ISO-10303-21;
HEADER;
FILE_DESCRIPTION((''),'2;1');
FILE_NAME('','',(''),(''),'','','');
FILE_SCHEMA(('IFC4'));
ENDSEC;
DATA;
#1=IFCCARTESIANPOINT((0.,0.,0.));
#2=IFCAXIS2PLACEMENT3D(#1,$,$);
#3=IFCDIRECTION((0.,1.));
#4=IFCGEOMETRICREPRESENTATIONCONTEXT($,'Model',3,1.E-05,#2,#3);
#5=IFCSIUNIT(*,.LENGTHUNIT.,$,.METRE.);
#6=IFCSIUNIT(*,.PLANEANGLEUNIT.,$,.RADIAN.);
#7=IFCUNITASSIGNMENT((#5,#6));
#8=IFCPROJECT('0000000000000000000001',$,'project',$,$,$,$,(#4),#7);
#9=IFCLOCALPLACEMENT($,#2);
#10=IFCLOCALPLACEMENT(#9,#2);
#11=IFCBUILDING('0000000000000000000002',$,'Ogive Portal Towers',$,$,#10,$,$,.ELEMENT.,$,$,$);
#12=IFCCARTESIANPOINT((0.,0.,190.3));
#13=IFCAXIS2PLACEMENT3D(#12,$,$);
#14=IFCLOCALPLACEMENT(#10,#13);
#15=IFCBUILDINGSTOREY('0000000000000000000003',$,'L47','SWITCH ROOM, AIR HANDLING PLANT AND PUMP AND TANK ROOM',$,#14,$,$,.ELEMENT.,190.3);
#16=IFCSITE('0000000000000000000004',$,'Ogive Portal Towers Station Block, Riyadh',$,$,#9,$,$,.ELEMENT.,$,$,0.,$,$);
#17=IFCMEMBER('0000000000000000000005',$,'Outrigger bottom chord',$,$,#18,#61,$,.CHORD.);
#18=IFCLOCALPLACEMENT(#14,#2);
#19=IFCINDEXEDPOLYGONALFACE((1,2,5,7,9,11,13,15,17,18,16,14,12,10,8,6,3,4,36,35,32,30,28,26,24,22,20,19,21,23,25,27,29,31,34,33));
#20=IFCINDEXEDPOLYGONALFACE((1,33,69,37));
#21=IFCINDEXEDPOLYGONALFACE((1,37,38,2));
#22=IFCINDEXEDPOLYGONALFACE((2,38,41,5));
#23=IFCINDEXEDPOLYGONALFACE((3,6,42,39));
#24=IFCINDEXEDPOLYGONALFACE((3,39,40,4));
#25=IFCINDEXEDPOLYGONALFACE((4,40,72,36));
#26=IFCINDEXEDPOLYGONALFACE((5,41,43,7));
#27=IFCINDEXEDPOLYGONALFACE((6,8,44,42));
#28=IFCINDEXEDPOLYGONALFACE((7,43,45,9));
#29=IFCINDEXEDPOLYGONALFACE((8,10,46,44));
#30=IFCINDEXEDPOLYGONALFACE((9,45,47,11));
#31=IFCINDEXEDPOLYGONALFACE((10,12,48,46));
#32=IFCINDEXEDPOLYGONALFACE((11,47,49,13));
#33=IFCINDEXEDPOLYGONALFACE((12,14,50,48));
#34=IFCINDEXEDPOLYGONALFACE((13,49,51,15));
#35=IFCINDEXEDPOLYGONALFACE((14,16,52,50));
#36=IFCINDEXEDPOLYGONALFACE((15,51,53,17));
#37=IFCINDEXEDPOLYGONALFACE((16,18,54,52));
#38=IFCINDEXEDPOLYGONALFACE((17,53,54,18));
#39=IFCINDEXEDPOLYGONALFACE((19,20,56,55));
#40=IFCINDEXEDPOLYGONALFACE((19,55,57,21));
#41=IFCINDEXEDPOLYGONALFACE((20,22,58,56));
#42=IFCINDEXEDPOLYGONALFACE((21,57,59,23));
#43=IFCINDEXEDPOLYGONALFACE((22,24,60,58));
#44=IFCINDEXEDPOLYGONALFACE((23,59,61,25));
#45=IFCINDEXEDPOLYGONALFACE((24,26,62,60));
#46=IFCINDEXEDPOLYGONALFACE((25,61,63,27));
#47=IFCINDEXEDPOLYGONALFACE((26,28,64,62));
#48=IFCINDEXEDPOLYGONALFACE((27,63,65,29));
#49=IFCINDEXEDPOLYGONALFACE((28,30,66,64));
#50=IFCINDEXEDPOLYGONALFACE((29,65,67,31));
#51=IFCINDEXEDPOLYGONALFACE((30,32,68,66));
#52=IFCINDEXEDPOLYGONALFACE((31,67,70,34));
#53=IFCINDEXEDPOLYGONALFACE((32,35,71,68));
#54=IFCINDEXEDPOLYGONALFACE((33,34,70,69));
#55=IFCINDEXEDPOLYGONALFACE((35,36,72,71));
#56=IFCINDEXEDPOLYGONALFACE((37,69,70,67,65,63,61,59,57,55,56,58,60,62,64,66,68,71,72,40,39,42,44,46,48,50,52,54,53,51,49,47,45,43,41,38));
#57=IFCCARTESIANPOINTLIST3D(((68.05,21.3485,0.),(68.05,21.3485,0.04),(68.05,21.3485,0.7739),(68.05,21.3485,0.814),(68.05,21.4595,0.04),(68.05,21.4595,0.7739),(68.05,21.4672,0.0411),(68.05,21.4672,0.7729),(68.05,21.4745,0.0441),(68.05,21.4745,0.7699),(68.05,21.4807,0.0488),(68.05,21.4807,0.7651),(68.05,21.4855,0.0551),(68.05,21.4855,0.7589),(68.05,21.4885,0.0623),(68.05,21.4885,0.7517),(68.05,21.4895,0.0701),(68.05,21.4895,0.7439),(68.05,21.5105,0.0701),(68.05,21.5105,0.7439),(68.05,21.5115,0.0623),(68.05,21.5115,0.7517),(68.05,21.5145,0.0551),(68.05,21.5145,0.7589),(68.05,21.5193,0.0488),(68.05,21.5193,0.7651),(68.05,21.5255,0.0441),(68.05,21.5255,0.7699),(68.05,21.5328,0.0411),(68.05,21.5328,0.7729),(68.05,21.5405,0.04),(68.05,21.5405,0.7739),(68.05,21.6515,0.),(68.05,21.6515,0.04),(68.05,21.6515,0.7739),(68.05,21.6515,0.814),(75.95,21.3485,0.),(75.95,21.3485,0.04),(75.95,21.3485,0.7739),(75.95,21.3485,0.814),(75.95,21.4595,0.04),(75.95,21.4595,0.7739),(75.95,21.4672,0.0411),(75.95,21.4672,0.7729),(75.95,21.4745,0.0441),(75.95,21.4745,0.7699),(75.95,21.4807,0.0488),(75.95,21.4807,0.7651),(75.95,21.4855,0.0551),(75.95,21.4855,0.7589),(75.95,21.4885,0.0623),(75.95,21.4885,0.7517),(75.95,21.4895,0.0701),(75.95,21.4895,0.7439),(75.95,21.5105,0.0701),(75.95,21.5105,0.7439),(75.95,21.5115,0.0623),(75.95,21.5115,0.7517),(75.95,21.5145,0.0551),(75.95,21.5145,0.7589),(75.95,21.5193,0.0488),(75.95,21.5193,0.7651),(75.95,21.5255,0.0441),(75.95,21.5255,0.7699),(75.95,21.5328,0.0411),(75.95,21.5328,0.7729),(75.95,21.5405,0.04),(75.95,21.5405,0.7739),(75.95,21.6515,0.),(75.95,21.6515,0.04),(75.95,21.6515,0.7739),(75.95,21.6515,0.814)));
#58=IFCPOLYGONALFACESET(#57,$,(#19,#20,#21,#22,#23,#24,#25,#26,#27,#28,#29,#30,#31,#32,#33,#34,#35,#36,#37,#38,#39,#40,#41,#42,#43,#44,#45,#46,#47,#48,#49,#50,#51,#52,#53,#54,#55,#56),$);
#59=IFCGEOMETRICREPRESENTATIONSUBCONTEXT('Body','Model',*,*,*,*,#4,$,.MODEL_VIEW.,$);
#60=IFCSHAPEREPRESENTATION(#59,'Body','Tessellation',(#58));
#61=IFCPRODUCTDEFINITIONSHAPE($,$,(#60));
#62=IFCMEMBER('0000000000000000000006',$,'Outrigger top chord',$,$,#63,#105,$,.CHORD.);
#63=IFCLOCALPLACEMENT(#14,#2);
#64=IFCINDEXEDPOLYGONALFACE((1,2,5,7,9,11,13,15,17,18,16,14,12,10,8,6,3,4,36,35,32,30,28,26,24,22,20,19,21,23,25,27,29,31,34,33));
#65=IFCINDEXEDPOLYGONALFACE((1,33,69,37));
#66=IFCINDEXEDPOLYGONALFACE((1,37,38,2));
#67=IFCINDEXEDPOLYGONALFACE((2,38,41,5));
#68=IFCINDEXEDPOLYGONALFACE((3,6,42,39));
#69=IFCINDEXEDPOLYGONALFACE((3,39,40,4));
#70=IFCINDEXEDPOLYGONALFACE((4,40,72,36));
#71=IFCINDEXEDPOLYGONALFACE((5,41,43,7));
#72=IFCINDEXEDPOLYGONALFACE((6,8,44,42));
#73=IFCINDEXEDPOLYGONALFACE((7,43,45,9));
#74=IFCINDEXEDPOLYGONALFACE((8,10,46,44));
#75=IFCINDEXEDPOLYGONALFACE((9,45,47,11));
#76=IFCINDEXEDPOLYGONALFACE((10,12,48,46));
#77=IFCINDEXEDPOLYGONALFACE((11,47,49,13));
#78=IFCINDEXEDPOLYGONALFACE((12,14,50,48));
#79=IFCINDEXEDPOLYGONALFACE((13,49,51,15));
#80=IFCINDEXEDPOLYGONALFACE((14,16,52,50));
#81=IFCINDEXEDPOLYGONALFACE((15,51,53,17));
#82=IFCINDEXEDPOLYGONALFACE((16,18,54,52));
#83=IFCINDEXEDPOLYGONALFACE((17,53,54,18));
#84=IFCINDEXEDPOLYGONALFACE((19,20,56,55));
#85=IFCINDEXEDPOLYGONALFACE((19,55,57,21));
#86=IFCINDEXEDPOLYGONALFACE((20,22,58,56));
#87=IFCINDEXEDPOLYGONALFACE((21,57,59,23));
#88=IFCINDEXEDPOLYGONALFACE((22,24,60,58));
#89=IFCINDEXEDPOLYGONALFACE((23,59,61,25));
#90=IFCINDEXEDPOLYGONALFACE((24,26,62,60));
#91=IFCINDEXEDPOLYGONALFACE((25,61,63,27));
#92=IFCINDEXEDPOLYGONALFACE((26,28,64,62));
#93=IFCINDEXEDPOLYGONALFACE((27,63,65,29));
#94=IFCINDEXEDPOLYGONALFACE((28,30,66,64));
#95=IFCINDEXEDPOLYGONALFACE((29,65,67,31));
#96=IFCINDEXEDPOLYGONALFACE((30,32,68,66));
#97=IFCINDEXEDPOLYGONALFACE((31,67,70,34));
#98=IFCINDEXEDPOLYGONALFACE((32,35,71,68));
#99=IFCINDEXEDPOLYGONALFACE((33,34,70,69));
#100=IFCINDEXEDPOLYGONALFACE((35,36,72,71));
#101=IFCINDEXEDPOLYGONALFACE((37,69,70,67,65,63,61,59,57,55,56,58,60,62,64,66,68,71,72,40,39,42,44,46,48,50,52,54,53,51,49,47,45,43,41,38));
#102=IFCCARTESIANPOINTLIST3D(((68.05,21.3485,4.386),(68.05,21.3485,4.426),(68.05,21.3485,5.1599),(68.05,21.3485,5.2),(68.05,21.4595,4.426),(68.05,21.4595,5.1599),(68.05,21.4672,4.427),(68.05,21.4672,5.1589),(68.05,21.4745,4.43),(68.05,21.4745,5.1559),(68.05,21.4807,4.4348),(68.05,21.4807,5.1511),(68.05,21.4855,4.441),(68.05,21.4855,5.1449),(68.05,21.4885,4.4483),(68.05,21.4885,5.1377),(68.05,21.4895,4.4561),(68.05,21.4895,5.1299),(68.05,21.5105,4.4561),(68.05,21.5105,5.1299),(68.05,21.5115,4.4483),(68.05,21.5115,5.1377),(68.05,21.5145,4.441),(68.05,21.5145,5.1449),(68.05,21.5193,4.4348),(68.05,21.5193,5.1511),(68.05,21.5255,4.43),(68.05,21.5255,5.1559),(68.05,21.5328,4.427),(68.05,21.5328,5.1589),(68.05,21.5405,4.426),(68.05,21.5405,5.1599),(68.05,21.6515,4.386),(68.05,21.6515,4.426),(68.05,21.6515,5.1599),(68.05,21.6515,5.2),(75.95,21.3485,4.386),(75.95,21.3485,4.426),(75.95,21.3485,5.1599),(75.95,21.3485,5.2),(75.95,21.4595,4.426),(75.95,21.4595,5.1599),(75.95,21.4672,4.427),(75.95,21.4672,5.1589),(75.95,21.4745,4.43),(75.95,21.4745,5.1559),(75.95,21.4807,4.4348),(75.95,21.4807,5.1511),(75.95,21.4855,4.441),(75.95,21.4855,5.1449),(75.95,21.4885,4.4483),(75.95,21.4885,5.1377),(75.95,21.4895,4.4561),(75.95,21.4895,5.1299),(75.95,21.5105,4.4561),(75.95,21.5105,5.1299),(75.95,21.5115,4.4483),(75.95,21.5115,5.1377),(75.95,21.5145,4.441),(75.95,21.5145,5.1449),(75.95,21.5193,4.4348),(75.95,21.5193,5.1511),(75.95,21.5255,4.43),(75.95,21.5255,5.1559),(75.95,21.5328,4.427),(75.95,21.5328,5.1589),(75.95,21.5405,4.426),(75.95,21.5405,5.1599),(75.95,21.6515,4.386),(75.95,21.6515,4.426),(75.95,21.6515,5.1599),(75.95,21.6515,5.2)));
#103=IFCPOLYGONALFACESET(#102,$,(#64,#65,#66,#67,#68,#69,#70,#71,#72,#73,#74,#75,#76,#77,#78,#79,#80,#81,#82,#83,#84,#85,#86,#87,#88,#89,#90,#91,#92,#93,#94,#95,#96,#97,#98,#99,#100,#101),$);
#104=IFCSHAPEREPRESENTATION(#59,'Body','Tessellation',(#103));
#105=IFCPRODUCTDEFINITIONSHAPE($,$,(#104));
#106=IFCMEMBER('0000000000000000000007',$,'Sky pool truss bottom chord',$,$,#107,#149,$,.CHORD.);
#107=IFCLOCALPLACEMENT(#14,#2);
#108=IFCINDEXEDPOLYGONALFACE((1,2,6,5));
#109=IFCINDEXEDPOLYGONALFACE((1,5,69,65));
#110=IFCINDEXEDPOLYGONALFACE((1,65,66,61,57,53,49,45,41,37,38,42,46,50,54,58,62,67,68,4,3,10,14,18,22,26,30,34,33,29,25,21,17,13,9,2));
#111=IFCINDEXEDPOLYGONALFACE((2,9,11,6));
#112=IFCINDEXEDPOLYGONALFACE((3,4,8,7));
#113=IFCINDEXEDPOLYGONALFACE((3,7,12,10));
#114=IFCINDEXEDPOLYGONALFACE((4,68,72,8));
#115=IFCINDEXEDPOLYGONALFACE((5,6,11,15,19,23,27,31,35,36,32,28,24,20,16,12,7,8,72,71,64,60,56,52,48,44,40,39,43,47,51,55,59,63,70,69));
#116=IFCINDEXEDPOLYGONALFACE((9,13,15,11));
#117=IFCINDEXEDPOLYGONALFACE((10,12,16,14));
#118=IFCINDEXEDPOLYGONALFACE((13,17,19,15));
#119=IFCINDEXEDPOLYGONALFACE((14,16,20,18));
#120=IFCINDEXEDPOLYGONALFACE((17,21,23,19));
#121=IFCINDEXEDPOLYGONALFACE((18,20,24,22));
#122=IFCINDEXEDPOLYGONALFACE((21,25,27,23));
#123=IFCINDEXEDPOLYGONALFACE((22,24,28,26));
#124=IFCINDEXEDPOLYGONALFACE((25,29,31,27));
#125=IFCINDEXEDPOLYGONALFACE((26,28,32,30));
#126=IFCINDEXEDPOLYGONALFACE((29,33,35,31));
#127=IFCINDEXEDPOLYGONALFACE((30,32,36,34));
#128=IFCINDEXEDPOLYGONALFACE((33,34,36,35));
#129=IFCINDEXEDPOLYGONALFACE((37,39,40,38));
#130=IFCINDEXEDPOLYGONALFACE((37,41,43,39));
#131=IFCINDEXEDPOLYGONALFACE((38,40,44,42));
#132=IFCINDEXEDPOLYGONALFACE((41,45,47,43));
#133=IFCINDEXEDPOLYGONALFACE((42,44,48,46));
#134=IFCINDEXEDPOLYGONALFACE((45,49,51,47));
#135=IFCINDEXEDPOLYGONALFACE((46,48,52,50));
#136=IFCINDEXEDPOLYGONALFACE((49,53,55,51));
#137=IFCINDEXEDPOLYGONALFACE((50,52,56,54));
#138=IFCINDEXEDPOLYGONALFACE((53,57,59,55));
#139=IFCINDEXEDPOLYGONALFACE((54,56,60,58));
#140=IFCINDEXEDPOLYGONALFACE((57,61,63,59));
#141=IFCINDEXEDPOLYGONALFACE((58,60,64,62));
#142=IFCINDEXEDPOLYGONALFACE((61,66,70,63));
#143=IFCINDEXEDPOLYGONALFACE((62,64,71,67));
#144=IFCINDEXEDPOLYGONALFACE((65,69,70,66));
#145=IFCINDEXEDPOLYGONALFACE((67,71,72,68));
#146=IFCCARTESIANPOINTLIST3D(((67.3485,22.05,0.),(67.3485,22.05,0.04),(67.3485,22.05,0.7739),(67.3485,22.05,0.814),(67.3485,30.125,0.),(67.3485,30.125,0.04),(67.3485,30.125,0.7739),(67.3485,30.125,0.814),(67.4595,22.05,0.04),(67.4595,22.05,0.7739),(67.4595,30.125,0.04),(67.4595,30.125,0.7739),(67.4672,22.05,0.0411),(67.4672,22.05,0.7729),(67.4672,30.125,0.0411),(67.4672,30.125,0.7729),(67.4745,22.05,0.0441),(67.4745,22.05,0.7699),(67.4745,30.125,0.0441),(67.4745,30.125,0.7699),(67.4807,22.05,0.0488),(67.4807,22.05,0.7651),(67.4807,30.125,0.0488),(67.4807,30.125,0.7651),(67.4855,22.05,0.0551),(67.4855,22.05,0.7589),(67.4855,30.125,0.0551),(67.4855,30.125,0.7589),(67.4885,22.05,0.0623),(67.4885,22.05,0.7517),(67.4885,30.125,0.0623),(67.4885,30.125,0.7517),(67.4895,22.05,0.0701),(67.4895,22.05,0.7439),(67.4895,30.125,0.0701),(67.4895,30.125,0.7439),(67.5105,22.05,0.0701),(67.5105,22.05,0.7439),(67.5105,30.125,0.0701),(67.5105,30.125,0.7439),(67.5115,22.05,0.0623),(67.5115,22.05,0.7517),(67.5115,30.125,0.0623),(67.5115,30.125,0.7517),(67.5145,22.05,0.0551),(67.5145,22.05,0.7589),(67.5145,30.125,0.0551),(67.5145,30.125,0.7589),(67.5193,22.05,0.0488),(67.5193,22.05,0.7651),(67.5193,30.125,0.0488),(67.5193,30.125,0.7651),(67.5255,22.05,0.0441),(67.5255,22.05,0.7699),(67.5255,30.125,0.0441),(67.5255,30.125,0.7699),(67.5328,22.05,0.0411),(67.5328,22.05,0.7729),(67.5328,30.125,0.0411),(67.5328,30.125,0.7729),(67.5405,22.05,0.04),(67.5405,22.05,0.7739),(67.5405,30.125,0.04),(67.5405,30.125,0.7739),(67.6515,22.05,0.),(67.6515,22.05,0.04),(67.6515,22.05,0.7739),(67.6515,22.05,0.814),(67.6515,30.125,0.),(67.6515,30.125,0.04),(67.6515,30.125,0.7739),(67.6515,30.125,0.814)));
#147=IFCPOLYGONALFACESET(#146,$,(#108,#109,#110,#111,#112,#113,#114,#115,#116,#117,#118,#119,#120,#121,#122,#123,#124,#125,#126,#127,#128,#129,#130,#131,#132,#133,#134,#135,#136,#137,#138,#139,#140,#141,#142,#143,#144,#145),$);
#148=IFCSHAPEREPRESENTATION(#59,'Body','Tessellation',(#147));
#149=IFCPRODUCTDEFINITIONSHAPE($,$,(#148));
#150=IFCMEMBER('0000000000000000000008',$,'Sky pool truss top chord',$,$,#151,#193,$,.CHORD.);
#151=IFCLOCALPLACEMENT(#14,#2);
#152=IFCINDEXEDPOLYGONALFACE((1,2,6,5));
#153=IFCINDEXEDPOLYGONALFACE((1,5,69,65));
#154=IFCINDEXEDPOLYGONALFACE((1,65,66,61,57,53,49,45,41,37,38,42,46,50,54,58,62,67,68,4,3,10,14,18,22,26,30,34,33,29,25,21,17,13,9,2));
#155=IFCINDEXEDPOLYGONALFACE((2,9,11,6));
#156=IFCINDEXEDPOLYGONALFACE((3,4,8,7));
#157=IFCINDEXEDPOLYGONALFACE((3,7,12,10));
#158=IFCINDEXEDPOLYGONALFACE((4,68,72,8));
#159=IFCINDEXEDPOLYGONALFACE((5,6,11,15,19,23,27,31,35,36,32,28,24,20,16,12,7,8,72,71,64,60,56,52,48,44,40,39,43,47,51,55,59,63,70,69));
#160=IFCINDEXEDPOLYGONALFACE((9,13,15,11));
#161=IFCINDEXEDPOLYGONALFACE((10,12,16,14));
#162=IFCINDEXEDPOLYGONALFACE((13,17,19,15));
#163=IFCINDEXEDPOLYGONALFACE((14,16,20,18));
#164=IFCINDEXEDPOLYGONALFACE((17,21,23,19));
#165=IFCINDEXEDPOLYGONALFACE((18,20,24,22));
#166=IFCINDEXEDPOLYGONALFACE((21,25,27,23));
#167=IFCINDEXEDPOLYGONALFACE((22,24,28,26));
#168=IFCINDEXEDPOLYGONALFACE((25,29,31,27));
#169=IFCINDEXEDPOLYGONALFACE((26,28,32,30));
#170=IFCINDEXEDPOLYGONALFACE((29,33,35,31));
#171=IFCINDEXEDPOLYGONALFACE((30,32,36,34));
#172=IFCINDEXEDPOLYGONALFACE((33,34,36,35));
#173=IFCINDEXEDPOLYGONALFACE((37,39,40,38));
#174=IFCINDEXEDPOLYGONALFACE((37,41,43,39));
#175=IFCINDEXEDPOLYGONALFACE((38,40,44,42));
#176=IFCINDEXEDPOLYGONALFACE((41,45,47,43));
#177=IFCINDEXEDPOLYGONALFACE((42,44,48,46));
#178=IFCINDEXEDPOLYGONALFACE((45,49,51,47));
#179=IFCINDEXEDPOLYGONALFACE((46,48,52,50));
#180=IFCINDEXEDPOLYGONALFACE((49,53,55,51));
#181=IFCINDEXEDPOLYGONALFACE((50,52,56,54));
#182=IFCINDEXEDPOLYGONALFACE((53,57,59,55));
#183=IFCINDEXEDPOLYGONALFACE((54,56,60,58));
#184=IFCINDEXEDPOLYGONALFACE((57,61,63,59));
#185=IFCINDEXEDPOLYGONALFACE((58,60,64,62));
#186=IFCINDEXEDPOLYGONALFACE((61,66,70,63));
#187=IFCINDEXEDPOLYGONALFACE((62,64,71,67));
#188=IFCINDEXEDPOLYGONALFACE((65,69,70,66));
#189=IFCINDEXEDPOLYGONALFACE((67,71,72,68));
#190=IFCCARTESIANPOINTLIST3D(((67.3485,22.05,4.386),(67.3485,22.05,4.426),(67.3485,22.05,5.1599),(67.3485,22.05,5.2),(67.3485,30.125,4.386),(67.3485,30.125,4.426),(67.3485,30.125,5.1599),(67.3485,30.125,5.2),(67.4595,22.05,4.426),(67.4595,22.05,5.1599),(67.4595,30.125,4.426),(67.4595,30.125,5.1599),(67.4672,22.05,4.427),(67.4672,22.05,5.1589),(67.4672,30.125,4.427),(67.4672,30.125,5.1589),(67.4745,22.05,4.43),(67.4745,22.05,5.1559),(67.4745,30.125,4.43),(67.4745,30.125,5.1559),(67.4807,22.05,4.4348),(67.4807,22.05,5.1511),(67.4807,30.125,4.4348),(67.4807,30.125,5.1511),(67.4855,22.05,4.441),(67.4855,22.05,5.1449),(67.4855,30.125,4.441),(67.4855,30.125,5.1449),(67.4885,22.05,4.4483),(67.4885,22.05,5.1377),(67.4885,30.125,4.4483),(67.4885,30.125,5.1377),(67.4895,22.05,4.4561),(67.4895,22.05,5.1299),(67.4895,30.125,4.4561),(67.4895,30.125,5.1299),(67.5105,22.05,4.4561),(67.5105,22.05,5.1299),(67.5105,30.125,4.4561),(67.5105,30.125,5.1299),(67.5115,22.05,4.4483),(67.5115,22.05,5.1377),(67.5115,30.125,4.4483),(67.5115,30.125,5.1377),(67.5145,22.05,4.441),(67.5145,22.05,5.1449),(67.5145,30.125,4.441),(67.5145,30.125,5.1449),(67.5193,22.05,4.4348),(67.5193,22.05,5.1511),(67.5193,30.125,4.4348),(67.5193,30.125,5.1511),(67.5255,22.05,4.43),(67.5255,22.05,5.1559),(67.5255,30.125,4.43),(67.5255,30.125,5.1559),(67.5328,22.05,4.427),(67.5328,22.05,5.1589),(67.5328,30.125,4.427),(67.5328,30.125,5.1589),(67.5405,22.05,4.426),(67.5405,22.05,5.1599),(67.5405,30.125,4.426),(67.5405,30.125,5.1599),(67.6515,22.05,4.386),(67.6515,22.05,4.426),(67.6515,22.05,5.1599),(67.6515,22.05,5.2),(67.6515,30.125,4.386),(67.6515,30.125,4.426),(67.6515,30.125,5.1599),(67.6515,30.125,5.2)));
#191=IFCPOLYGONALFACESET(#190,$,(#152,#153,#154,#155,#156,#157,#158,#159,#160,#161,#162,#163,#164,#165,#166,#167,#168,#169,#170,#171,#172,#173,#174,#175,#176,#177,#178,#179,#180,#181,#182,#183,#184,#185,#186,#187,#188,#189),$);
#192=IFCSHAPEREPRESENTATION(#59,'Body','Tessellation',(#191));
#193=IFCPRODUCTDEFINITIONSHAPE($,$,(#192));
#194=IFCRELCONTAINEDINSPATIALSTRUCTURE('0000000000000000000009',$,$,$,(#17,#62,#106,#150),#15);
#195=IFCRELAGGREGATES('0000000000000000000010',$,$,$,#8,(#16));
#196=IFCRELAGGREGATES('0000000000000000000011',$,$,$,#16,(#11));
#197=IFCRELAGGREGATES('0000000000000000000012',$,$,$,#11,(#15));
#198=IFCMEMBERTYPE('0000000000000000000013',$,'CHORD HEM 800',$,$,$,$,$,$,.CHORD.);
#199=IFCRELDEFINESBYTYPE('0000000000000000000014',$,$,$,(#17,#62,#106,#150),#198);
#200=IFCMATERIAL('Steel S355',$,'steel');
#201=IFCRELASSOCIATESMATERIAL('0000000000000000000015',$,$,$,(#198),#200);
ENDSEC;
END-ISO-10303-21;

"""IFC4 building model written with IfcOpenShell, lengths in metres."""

from ifc_helpers import new_model, si_unit, direction, frame, origin, origin_2d, place, context, subcontext, project, spatial, i_section, extrude, material, material_profile, profile_set, type_object, element, save


model = new_model("IFC4")

# Units and contexts
model_context = context("Model", 3, precision=1e-05, world=origin(), true_north=direction((0.0, 1.0)))
body_context = subcontext(model_context, "Body", "Model", "MODEL_VIEW")
ifc_project = project(units=[si_unit("LENGTHUNIT", "METRE"), si_unit("PLANEANGLEUNIT", "RADIAN")], contexts=[model_context])

# Site, building, storey
site_placement = place(None, origin())
site = spatial("IfcSite", under=ifc_project, at=site_placement, Name="Ogive Portal Towers Station Block, Riyadh", CompositionType="ELEMENT", RefElevation=0.0)
building_placement = place(site_placement, origin())
building = spatial("IfcBuilding", under=site, at=building_placement, Name="Ogive Portal Towers", CompositionType="ELEMENT")
storey_placement = place(building_placement, frame((0.0, 0.0, 190.3)))
storey = spatial("IfcBuildingStorey", under=building, at=storey_placement, Name="L47", Description="SWITCH ROOM, AIR HANDLING PLANT AND PUMP AND TANK ROOM", CompositionType="ELEMENT", Elevation=190.3)

# Members
ifc_material_1 = material(Name="Steel S355", Category="steel")
ifc_material_profile_1 = material_profile(ifc_material_1, i_section(OverallWidth=0.303, OverallDepth=0.814, WebThickness=0.021, FlangeThickness=0.04, FilletRadius=0.03, at=origin_2d()), Name="HEM 800")
ifc_profile_set_1 = profile_set([ifc_material_profile_1], Name="Steel S355")
member_type_1 = type_object("IfcMemberType", Name="CHORD HEM 800", PredefinedType="CHORD", material=ifc_profile_set_1)
for number, where, z_axis, x_axis, name in (
    (1, (68.05, 21.5, 0.407), (1.0, 0.0, 0.0), (0.0, 1.0, 0.0), "Outrigger bottom chord"),
    (2, (68.05, 21.5, 4.793), (1.0, 0.0, 0.0), (0.0, 1.0, 0.0), "Outrigger top chord"),
):
    element("IfcMember", number, at=place(storey_placement, frame(where, z_axis=z_axis, x_axis=x_axis)), inside=storey, type_object=member_type_1, Name=name, PredefinedType="CHORD", context=body_context, shape_type="SweptSolid", body=[
        extrude(i_section(OverallWidth=0.303, OverallDepth=0.814, WebThickness=0.021, FlangeThickness=0.04, FilletRadius=0.03, at=origin_2d()), origin(), (0.0, 0.0, 1.0), 7.8999),
    ])
for number, where, z_axis, x_axis, name in (
    (3, (67.5, 22.05, 0.407), (0.0, 1.0, 0.0), (-1.0, 0.0, 0.0), "Sky pool truss bottom chord"),
    (4, (67.5, 22.05, 4.793), (0.0, 1.0, 0.0), (-1.0, 0.0, 0.0), "Sky pool truss top chord"),
):
    element("IfcMember", number, at=place(storey_placement, frame(where, z_axis=z_axis, x_axis=x_axis)), inside=storey, type_object=member_type_1, Name=name, PredefinedType="CHORD", context=body_context, shape_type="SweptSolid", body=[
        extrude(i_section(OverallWidth=0.303, OverallDepth=0.814, WebThickness=0.021, FlangeThickness=0.04, FilletRadius=0.03, at=origin_2d()), origin(), (0.0, 0.0, 1.0), 8.075),
    ])

save(model, "model.ifc")
